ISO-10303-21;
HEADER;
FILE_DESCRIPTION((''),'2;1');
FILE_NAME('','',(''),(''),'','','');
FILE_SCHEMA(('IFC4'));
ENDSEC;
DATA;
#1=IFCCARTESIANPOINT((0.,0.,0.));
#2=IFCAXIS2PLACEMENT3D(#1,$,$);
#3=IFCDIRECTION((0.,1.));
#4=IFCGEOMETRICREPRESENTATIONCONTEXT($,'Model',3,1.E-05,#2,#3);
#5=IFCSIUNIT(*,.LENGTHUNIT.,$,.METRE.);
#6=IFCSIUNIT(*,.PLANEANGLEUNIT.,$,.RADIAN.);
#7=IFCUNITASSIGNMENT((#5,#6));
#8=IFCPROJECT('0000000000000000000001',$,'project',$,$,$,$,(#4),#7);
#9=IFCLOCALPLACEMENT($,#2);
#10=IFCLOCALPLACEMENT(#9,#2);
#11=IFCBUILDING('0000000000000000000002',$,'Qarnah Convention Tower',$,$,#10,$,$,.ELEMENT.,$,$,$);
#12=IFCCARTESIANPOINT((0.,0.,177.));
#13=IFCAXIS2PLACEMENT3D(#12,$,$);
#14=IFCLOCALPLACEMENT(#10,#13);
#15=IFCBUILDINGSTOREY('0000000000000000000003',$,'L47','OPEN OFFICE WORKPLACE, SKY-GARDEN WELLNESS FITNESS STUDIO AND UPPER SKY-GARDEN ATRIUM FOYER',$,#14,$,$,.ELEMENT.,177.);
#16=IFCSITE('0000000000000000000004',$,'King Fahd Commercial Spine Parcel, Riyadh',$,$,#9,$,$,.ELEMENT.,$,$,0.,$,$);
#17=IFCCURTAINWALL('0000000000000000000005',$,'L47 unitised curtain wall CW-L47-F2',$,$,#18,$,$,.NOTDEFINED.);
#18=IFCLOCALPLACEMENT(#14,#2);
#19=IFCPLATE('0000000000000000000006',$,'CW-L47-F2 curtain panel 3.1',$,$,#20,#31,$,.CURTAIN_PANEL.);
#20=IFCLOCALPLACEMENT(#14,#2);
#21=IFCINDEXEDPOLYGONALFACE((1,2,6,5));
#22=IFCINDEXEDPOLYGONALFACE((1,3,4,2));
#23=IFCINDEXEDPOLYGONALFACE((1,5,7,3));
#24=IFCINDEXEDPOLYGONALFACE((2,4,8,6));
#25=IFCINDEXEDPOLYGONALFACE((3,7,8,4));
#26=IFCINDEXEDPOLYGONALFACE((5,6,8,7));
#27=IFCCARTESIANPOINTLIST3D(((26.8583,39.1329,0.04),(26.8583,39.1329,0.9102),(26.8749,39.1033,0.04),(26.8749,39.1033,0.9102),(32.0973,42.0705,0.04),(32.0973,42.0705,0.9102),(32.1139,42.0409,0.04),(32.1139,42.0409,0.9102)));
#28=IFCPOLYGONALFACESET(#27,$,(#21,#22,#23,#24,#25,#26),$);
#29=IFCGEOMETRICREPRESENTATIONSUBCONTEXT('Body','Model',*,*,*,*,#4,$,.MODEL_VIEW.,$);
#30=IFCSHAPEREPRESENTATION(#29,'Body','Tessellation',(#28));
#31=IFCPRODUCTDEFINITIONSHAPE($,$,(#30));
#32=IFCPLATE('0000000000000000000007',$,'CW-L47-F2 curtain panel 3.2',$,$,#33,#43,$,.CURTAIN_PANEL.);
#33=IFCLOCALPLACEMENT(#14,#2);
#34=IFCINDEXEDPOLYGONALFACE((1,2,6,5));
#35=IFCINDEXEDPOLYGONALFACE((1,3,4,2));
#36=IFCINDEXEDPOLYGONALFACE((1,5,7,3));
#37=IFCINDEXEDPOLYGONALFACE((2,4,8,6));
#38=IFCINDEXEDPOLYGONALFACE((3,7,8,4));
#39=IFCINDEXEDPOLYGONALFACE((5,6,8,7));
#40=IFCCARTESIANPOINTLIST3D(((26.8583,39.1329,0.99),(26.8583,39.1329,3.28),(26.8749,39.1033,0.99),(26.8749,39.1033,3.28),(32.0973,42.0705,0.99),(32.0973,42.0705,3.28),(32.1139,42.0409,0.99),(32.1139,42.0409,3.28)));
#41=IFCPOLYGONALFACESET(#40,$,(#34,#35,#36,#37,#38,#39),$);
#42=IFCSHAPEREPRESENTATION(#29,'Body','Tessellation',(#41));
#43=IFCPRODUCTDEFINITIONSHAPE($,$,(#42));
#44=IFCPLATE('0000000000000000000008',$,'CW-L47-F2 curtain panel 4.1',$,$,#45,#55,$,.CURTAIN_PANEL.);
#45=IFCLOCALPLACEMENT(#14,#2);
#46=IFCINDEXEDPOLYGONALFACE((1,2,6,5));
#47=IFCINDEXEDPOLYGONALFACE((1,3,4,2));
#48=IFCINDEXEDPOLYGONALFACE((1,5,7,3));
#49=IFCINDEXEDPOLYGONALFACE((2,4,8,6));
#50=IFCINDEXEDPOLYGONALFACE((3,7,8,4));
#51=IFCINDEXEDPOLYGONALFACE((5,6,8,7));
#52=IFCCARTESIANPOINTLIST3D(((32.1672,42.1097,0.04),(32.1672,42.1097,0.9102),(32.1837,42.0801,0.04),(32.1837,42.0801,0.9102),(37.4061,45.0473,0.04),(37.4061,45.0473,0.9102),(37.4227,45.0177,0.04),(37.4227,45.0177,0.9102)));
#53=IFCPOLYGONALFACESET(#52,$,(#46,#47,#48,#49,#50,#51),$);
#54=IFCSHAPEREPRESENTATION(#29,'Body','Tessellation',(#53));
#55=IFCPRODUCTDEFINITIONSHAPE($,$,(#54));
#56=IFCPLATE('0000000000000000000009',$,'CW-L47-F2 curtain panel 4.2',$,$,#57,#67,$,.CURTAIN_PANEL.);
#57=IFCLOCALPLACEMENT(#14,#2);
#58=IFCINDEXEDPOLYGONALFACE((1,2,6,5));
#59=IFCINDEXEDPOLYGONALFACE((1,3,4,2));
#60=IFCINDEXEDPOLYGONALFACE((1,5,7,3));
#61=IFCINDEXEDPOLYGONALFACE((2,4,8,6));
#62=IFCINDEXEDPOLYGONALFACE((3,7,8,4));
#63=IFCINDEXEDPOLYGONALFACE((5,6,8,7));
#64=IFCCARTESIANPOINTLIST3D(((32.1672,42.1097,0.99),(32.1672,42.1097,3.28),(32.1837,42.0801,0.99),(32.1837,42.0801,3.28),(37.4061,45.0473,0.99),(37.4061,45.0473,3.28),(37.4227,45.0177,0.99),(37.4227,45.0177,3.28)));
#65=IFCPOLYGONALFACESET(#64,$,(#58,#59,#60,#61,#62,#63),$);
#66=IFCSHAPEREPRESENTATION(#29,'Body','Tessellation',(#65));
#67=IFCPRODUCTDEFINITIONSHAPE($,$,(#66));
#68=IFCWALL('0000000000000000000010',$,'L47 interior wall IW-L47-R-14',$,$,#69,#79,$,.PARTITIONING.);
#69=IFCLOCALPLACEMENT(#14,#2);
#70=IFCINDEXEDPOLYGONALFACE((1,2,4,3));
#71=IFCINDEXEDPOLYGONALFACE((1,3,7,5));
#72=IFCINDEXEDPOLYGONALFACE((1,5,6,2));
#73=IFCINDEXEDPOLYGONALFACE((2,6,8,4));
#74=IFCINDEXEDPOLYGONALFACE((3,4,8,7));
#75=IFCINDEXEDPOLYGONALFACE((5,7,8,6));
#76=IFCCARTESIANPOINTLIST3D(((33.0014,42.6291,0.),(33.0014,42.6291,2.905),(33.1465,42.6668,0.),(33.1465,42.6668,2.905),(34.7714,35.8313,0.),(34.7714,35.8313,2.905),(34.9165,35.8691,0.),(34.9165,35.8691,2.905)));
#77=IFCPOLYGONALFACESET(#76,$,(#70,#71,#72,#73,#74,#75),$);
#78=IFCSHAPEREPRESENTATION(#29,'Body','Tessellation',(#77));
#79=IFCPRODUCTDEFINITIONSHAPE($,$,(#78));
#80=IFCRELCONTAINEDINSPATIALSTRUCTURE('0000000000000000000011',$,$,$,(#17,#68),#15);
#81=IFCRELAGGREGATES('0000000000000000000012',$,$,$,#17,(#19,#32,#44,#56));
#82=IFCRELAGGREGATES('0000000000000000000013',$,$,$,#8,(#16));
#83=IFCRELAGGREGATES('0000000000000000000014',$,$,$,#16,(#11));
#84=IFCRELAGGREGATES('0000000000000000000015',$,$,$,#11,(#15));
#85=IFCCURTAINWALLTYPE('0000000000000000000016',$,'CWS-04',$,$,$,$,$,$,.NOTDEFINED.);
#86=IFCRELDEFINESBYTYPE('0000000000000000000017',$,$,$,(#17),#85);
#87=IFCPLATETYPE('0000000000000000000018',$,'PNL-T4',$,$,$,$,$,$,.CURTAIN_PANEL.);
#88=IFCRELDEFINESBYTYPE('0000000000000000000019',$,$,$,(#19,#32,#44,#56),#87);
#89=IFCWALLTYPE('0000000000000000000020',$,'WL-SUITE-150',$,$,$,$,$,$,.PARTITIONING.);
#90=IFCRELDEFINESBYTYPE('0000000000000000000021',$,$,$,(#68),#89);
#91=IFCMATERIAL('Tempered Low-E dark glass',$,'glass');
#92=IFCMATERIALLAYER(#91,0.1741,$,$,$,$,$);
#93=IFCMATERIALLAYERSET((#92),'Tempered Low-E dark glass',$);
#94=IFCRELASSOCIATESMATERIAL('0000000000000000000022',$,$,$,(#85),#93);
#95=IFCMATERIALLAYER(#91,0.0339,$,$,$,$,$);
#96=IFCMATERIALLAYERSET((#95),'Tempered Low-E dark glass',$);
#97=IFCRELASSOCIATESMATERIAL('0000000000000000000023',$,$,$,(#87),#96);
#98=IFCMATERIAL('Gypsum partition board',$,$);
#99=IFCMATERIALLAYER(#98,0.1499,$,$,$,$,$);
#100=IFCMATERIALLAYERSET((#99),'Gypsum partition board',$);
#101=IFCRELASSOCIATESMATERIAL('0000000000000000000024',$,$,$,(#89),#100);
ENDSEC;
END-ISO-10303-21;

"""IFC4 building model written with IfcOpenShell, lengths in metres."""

from ifc_helpers import new_model, si_unit, direction, frame, frame_2d, origin, origin_2d, place, context, subcontext, project, spatial, rectangle, extrude, material, layer, layer_set, type_object, element, aggregate, save


model = new_model("IFC4")

# Units and contexts
model_context = context("Model", 3, precision=1e-05, world=origin(), true_north=direction((0.0, 1.0)))
body_context = subcontext(model_context, "Body", "Model", "MODEL_VIEW")
ifc_project = project(units=[si_unit("LENGTHUNIT", "METRE"), si_unit("PLANEANGLEUNIT", "RADIAN")], contexts=[model_context])

# Site, building, storey
site_placement = place(None, origin())
site = spatial("IfcSite", under=ifc_project, at=site_placement, Name="King Fahd Commercial Spine Parcel, Riyadh", CompositionType="ELEMENT", RefElevation=0.0)
building_placement = place(site_placement, origin())
building = spatial("IfcBuilding", under=site, at=building_placement, Name="Qarnah Convention Tower", CompositionType="ELEMENT")
storey_placement = place(building_placement, frame((0.0, 0.0, 177.0)))
storey = spatial("IfcBuildingStorey", under=building, at=storey_placement, Name="L47", Description="OPEN OFFICE WORKPLACE, SKY-GARDEN WELLNESS FITNESS STUDIO AND UPPER SKY-GARDEN ATRIUM FOYER", CompositionType="ELEMENT", Elevation=177.0)

# Curtain wall, plates
ifc_material_1 = material(Name="Tempered Low-E dark glass", Category="glass")
ifc_layer_1 = layer(ifc_material_1, 0.1741)
ifc_layer_set_1 = layer_set([ifc_layer_1], Name="Tempered Low-E dark glass")
curtain_wall_type = type_object("IfcCurtainWallType", Name="CWS-04", PredefinedType="NOTDEFINED", material=ifc_layer_set_1)
curtain_wall_placement = place(storey_placement, origin())
curtain_wall = element("IfcCurtainWall", 1, at=curtain_wall_placement, inside=storey, type_object=curtain_wall_type, Name="L47 unitised curtain wall CW-L47-F2", PredefinedType="NOTDEFINED")
ifc_layer_2 = layer(ifc_material_1, 0.0339)
ifc_layer_set_2 = layer_set([ifc_layer_2], Name="Tempered Low-E dark glass")
plate_type = type_object("IfcPlateType", Name="PNL-T4", PredefinedType="CURTAIN_PANEL", material=ifc_layer_set_2)
plate_1_placement = place(storey_placement, frame((29.4861, 40.5869, 0.04), z_axis=(0.0, 0.0, 1.0), x_axis=(0.872235, 0.489088, 0.0)))
plate_1 = element("IfcPlate", 2, at=plate_1_placement, type_object=plate_type, Name="CW-L47-F2 curtain panel 3.1", PredefinedType="CURTAIN_PANEL", context=body_context, shape_type="SweptSolid", body=[
    extrude(rectangle(XDim=6.0063, YDim=0.0339, at=origin_2d()), origin(), (0.0, 0.0, 1.0), 0.8701),
])
plate_2_placement = place(storey_placement, frame((29.4861, 40.5869, 0.99), z_axis=(0.0, 0.0, 1.0), x_axis=(0.872235, 0.489088, 0.0)))
plate_2 = element("IfcPlate", 3, at=plate_2_placement, type_object=plate_type, Name="CW-L47-F2 curtain panel 3.2", PredefinedType="CURTAIN_PANEL", context=body_context, shape_type="SweptSolid", body=[
    extrude(rectangle(XDim=6.0063, YDim=0.0339, at=origin_2d()), origin(), (0.0, 0.0, 1.0), 2.29),
])
plate_3_placement = place(storey_placement, frame((34.7949, 43.5637, 0.04), z_axis=(0.0, 0.0, 1.0), x_axis=(0.872235, 0.489088, 0.0)))
plate_3 = element("IfcPlate", 4, at=plate_3_placement, type_object=plate_type, Name="CW-L47-F2 curtain panel 4.1", PredefinedType="CURTAIN_PANEL", context=body_context, shape_type="SweptSolid", body=[
    extrude(rectangle(XDim=6.0063, YDim=0.0339, at=origin_2d()), origin(), (0.0, 0.0, 1.0), 0.8701),
])
plate_4_placement = place(storey_placement, frame((34.7949, 43.5637, 0.99), z_axis=(0.0, 0.0, 1.0), x_axis=(0.872235, 0.489088, 0.0)))
plate_4 = element("IfcPlate", 5, at=plate_4_placement, type_object=plate_type, Name="CW-L47-F2 curtain panel 4.2", PredefinedType="CURTAIN_PANEL", context=body_context, shape_type="SweptSolid", body=[
    extrude(rectangle(XDim=6.0063, YDim=0.0339, at=origin_2d()), origin(), (0.0, 0.0, 1.0), 2.29),
])
aggregate(curtain_wall, [plate_1, plate_2, plate_3, plate_4])

# Wall
ifc_material_2 = material(Name="Gypsum partition board")
ifc_layer_3 = layer(ifc_material_2, 0.1499)
ifc_layer_set_3 = layer_set([ifc_layer_3], Name="Gypsum partition board")
wall_type = type_object("IfcWallType", Name="WL-SUITE-150", PredefinedType="PARTITIONING", material=ifc_layer_set_3)
wall_1_placement = place(storey_placement, frame((33.074, 42.6479, 0.0), z_axis=(0.0, 0.0, 1.0), x_axis=(0.251978, -0.967733, 0.0)))
element("IfcWall", 6, at=wall_1_placement, inside=storey, type_object=wall_type, Name="L47 interior wall IW-L47-R-14", PredefinedType="PARTITIONING", context=body_context, shape_type="SweptSolid", body=[
    extrude(rectangle(XDim=7.0244, YDim=0.1499, at=frame_2d((3.5122, 0.0))), origin(), (0.0, 0.0, 1.0), 2.905),
])

save(model, "model.ifc")
